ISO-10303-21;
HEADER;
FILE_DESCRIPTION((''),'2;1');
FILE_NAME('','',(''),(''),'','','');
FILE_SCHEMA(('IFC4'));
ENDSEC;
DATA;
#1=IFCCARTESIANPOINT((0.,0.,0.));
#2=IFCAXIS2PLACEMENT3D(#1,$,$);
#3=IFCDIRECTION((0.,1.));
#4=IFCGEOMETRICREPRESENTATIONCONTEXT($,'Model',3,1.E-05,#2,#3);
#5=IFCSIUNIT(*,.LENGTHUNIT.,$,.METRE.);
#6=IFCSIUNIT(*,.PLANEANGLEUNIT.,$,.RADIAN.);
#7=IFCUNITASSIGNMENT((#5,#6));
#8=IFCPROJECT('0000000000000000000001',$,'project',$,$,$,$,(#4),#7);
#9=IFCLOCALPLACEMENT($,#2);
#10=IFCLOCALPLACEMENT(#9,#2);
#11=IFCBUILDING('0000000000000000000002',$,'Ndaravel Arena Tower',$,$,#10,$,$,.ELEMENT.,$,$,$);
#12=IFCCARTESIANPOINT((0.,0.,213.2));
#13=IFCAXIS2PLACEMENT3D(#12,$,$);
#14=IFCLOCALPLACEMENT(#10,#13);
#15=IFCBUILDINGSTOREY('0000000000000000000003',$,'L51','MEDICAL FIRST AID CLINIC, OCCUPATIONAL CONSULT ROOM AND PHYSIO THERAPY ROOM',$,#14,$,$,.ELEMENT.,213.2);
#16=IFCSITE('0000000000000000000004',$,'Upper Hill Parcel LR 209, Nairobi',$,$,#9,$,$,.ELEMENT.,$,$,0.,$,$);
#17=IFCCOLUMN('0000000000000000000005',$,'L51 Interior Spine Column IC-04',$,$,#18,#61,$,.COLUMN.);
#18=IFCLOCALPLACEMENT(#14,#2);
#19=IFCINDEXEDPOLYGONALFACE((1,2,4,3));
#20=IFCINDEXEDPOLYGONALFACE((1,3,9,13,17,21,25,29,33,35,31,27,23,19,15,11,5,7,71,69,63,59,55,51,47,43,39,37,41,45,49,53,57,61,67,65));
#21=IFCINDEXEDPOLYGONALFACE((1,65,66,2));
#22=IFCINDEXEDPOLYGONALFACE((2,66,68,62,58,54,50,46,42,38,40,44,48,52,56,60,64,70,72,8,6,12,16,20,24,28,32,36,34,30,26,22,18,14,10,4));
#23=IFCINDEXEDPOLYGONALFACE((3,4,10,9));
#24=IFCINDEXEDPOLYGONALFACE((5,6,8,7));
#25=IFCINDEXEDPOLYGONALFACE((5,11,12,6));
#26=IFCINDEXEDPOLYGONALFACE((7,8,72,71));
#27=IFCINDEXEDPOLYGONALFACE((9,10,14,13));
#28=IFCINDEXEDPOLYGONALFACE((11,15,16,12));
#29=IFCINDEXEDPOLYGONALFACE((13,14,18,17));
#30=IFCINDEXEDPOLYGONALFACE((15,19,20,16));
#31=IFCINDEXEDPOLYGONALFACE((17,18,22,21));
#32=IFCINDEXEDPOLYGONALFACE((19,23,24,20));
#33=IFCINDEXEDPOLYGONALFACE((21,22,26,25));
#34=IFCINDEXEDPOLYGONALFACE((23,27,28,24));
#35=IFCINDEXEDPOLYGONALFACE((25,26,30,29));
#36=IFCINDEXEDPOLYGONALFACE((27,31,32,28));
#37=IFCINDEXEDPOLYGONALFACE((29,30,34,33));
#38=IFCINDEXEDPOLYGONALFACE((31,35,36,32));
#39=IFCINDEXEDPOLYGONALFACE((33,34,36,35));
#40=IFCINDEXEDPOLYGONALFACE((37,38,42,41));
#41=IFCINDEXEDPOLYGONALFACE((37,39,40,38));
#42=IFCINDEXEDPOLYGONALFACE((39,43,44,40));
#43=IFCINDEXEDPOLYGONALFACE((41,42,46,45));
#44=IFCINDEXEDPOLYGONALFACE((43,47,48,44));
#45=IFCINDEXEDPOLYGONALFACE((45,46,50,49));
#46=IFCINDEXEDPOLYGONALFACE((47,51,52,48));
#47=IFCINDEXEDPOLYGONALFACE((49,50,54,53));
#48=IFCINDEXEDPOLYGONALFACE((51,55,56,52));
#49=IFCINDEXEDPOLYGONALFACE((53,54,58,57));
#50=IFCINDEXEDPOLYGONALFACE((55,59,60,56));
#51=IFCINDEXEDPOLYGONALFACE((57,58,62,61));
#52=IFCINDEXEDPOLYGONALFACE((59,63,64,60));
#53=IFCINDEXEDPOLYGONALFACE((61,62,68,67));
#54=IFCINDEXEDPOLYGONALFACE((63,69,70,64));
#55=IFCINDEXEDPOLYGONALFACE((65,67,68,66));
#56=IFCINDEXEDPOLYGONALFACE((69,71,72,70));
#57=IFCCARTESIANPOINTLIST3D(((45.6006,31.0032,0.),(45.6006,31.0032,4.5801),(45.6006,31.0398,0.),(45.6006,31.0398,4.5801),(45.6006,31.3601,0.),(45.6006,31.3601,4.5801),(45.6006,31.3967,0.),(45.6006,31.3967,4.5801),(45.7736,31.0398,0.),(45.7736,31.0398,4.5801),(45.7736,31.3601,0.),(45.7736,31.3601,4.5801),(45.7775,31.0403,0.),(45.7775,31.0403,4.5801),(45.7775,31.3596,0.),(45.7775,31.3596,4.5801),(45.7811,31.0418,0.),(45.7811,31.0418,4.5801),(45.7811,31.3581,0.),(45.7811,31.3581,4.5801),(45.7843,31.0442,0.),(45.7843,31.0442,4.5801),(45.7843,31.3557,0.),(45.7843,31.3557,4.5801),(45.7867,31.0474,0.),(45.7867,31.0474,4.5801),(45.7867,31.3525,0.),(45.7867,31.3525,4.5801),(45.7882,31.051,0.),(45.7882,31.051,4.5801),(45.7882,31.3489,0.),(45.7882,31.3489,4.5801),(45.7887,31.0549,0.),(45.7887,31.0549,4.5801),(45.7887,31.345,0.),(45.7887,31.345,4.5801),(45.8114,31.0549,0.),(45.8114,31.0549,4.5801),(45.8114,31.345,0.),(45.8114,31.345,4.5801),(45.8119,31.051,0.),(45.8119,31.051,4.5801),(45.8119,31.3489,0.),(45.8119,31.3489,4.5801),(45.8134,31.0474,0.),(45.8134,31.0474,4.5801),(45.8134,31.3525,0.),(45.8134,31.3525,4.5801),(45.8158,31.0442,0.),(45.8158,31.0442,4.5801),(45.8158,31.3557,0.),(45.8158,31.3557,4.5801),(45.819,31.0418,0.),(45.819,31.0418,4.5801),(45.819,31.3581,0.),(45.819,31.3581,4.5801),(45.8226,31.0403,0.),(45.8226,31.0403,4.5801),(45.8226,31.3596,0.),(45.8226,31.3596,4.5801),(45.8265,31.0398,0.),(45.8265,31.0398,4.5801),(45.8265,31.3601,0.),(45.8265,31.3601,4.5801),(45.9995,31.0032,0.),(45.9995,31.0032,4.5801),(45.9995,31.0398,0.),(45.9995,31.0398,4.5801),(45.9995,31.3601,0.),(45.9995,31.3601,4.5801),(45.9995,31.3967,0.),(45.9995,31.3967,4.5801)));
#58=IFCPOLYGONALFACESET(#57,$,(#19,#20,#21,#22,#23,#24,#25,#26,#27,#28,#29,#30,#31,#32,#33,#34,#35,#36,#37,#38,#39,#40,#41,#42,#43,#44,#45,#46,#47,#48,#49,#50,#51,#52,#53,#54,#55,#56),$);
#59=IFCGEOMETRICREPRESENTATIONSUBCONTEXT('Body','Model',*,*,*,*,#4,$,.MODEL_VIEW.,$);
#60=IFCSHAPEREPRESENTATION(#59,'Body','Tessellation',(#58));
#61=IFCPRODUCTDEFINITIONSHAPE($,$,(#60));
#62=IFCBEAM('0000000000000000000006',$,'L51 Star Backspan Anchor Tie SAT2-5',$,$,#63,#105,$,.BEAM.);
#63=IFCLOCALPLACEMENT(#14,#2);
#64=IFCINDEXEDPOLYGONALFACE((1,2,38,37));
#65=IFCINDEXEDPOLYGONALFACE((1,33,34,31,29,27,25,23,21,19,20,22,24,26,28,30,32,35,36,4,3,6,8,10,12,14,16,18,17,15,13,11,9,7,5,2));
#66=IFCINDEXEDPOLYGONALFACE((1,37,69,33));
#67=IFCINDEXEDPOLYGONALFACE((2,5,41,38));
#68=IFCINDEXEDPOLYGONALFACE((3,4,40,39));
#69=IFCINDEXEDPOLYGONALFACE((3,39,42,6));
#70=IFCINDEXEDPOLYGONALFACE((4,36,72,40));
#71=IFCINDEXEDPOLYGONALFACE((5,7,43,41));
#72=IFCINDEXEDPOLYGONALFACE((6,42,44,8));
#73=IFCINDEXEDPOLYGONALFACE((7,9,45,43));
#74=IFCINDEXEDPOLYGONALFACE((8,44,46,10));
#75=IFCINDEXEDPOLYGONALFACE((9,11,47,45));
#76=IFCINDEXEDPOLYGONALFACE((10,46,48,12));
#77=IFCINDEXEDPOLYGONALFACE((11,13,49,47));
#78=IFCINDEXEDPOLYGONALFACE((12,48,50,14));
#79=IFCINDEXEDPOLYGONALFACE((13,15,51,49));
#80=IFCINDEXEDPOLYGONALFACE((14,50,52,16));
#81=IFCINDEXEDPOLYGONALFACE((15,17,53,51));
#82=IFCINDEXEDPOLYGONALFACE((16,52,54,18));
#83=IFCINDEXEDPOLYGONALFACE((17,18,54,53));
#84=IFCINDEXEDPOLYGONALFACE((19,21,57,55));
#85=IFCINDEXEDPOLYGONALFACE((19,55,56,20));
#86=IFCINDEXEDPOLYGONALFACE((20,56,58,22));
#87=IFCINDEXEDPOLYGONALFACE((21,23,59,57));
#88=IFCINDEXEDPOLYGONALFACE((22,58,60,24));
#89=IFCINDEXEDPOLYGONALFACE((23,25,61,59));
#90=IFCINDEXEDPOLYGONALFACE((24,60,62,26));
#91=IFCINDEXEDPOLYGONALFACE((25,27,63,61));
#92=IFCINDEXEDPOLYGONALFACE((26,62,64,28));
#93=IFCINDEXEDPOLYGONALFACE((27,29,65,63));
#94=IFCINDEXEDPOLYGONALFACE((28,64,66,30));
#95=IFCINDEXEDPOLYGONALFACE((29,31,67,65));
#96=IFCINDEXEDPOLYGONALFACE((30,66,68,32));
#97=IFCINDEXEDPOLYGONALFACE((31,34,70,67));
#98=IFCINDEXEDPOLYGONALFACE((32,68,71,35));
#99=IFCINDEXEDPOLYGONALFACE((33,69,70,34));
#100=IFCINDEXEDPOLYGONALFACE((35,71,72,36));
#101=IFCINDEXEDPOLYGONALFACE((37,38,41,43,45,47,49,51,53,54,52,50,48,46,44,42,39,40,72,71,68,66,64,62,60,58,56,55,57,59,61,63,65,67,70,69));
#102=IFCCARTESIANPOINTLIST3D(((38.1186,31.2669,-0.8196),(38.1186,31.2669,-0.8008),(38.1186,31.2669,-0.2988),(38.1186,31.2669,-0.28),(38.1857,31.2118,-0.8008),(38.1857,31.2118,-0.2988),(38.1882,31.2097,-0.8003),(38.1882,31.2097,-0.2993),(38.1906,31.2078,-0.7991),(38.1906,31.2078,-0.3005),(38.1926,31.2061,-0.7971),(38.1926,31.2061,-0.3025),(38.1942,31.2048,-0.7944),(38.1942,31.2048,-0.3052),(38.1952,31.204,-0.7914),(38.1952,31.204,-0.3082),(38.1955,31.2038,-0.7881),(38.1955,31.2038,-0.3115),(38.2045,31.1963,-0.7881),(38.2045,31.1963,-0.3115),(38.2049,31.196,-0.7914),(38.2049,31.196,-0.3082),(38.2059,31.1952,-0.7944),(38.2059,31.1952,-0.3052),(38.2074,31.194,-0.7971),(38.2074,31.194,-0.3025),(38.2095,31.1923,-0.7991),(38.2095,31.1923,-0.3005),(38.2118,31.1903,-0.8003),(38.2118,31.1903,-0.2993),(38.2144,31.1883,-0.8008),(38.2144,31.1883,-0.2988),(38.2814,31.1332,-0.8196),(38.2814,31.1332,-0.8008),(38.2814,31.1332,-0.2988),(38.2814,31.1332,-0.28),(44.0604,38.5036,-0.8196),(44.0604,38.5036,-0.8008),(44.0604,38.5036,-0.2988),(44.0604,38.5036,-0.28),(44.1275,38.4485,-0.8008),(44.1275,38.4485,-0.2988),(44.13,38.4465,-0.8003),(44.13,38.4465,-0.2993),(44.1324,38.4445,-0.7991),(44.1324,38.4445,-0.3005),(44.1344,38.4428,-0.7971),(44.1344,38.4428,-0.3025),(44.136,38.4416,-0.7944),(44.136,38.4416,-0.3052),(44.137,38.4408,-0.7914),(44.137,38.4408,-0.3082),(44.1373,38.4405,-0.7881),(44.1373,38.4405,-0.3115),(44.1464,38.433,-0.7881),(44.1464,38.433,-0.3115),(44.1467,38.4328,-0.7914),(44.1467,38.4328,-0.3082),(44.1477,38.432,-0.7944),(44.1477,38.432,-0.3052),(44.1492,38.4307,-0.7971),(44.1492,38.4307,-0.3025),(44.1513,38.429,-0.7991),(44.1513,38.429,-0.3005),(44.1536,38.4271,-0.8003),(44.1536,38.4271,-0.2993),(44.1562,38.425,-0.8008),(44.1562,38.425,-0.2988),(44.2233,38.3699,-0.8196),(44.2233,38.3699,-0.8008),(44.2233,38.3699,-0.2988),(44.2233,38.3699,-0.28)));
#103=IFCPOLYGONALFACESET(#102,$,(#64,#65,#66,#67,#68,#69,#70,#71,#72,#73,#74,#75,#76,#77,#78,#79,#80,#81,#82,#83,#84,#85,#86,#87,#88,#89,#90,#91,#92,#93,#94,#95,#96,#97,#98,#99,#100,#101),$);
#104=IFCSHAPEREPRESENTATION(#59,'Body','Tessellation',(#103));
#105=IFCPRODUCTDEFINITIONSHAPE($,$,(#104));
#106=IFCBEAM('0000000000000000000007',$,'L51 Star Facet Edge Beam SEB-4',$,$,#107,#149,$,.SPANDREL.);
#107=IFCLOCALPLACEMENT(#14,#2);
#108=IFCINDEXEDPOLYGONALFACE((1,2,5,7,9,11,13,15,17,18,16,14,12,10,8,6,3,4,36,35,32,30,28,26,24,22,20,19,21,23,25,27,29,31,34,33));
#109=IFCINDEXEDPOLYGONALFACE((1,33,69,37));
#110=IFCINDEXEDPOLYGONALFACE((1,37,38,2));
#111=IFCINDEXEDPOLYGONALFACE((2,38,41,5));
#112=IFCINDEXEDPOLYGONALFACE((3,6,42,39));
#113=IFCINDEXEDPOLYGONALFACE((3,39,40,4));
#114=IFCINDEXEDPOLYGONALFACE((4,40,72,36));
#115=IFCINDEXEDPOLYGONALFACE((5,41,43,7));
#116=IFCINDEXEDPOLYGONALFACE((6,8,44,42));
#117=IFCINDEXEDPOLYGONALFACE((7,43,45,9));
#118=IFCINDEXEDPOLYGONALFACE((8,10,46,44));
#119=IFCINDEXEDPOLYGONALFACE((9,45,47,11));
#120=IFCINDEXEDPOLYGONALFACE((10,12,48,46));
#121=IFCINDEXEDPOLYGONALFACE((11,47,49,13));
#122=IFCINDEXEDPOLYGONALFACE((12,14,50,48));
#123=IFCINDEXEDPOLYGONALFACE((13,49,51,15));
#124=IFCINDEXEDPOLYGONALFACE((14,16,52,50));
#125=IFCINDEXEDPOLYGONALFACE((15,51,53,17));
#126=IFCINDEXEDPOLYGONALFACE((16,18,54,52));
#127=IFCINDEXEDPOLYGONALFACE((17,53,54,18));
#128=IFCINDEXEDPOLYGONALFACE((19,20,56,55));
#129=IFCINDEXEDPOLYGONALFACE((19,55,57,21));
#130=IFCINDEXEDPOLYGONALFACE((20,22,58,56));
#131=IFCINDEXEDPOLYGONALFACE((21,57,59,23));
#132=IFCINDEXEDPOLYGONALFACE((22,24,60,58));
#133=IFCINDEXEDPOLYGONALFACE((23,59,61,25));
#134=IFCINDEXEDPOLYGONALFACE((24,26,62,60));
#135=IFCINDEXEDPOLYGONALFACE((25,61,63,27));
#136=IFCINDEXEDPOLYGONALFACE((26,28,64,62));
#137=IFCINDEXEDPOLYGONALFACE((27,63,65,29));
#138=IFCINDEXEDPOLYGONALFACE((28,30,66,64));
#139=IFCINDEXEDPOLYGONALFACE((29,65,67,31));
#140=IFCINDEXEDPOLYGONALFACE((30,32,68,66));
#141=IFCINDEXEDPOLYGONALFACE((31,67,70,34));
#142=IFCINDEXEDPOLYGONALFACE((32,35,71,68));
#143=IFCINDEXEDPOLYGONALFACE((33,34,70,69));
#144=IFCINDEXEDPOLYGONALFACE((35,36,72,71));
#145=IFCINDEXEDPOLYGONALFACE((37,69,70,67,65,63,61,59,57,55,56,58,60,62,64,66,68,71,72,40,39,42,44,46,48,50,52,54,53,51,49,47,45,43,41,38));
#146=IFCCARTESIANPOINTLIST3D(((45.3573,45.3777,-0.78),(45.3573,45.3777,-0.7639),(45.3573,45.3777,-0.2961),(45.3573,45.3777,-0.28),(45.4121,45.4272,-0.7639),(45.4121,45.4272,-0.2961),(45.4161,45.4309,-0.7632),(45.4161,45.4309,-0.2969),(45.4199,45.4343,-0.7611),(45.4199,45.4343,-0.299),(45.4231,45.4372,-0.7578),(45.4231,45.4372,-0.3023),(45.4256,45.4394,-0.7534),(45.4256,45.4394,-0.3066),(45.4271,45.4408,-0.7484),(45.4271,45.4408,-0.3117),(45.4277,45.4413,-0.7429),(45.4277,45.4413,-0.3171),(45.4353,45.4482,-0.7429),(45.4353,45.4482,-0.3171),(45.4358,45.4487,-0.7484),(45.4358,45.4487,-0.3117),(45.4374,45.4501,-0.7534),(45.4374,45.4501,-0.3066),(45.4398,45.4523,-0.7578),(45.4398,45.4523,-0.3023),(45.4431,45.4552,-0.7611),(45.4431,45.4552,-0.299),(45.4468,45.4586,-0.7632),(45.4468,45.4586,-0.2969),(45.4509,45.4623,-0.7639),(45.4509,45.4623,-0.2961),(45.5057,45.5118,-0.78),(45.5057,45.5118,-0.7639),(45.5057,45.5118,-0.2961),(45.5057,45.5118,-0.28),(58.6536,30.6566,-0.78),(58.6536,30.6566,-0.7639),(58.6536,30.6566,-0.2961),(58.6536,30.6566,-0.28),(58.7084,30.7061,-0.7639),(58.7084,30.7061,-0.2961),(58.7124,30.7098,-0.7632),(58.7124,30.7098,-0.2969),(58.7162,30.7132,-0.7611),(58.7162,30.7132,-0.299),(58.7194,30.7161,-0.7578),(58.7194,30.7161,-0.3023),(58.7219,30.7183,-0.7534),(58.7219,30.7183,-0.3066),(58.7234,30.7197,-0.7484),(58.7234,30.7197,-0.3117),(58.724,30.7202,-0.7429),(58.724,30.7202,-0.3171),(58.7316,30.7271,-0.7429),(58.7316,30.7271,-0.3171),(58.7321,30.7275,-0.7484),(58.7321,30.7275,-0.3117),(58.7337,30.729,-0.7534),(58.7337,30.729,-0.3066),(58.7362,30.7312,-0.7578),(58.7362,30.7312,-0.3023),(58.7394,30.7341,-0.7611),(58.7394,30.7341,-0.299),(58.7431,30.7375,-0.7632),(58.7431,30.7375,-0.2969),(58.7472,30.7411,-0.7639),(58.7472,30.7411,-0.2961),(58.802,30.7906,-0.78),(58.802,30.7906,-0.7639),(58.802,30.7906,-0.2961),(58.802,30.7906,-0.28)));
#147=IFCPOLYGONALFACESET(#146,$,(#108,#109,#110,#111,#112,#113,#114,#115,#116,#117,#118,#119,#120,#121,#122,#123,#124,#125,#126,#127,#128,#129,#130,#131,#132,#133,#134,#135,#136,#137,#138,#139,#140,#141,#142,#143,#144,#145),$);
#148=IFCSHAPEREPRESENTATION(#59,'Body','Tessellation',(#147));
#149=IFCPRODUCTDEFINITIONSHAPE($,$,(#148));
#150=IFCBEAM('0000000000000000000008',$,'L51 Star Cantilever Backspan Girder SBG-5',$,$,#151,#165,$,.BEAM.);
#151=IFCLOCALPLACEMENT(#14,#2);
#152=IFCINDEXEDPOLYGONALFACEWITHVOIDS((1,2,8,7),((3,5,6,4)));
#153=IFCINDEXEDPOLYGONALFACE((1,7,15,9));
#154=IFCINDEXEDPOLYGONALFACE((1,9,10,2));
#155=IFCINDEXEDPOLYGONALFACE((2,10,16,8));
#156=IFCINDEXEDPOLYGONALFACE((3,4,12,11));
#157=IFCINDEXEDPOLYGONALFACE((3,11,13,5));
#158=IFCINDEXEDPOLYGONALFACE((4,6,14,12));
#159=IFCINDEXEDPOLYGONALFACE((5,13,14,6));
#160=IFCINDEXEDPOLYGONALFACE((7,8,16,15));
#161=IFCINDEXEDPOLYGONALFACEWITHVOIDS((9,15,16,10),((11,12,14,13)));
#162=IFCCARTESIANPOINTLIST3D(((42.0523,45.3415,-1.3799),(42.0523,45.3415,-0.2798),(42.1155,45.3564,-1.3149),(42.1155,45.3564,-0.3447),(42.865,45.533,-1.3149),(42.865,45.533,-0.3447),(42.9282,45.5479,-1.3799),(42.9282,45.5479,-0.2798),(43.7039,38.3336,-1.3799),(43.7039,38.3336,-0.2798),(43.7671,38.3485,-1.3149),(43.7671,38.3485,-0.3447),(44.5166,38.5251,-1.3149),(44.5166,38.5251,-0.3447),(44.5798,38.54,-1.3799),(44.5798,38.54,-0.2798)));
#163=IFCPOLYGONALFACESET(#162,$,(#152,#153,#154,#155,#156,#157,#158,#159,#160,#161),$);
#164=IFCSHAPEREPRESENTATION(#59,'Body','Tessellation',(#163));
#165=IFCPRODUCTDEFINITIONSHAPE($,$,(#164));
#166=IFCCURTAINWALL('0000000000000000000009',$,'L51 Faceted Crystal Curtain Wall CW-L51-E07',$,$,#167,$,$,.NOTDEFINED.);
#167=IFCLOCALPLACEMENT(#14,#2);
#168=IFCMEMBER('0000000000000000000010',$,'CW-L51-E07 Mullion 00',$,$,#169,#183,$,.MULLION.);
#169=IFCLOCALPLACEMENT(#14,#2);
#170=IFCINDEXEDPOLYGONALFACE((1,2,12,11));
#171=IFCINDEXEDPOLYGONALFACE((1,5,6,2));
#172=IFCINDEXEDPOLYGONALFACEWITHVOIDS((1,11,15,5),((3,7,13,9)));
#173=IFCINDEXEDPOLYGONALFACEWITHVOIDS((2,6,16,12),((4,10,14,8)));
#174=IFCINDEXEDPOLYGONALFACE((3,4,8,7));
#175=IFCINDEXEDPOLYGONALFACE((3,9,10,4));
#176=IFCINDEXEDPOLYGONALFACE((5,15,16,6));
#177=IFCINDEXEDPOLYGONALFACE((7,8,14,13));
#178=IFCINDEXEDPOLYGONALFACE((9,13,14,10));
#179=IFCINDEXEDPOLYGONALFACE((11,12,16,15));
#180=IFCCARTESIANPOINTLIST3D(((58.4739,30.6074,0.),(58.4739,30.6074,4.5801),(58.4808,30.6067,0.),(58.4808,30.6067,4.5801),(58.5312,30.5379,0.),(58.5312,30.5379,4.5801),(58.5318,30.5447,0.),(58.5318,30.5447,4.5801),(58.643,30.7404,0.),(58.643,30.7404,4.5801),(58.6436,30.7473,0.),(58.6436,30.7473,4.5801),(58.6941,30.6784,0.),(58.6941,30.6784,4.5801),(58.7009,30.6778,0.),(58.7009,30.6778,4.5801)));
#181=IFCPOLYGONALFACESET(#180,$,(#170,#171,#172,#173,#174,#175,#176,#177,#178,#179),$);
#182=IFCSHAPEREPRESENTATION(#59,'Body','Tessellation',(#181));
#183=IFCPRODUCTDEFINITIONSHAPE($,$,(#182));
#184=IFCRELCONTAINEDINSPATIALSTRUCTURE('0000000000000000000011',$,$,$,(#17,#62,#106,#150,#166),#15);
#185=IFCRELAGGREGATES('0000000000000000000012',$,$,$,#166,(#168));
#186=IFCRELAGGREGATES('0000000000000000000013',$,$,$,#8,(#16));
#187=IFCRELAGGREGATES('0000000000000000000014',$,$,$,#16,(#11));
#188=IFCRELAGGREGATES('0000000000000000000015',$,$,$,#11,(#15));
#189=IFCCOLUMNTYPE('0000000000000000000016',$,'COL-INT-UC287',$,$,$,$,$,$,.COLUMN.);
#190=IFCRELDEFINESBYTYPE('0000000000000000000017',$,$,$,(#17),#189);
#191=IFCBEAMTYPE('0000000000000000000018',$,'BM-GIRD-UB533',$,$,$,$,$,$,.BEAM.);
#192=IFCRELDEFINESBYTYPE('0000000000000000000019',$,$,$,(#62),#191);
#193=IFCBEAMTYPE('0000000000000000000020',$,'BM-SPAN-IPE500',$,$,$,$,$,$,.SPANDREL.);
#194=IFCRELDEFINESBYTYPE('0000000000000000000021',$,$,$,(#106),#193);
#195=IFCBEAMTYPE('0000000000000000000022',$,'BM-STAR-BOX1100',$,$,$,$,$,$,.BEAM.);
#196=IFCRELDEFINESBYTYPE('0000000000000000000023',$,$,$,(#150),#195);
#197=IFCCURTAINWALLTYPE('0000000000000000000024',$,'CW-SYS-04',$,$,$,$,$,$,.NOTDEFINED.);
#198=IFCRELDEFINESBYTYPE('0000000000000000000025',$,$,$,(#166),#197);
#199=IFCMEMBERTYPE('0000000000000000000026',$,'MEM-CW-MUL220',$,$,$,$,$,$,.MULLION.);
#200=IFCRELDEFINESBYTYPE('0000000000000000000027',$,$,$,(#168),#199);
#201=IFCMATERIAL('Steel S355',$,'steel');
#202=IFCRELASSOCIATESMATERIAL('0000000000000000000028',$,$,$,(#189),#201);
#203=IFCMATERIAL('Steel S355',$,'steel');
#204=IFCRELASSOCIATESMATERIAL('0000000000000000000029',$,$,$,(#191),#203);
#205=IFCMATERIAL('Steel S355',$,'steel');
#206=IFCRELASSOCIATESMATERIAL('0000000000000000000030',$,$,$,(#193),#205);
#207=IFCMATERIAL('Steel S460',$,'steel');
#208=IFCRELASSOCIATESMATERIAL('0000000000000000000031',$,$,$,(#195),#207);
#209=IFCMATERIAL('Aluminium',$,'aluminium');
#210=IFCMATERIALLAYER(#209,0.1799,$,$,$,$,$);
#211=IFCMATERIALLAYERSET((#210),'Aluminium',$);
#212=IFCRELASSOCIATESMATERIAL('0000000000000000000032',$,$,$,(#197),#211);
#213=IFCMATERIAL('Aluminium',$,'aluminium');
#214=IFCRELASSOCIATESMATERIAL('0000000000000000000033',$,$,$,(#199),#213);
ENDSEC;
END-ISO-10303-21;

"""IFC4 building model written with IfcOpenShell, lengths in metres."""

from ifc_helpers import new_model, si_unit, direction, frame, origin, origin_2d, place, context, subcontext, project, spatial, hollow_rectangle, i_section, extrude, material, layer, layer_set, material_profile, profile_set, type_object, element, aggregate, save


model = new_model("IFC4")

# Units and contexts
model_context = context("Model", 3, precision=1e-05, world=origin(), true_north=direction((0.0, 1.0)))
body_context = subcontext(model_context, "Body", "Model", "MODEL_VIEW")
ifc_project = project(units=[si_unit("LENGTHUNIT", "METRE"), si_unit("PLANEANGLEUNIT", "RADIAN")], contexts=[model_context])

# Site, building, storey
site_placement = place(None, origin())
site = spatial("IfcSite", under=ifc_project, at=site_placement, Name="Upper Hill Parcel LR 209, Nairobi", CompositionType="ELEMENT", RefElevation=0.0)
building_placement = place(site_placement, origin())
building = spatial("IfcBuilding", under=site, at=building_placement, Name="Ndaravel Arena Tower", CompositionType="ELEMENT")
storey_placement = place(building_placement, frame((0.0, 0.0, 213.2)))
storey = spatial("IfcBuildingStorey", under=building, at=storey_placement, Name="L51", Description="MEDICAL FIRST AID CLINIC, OCCUPATIONAL CONSULT ROOM AND PHYSIO THERAPY ROOM", CompositionType="ELEMENT", Elevation=213.2)

# Column
ifc_material_1 = material(Name="Steel S355", Category="steel")
ifc_material_profile_1 = material_profile(ifc_material_1, i_section(OverallWidth=0.3989, OverallDepth=0.3936, WebThickness=0.0227, FlangeThickness=0.0366, FilletRadius=0.0151, at=origin_2d()), Name="UC 356x406x287")
ifc_profile_set_1 = profile_set([ifc_material_profile_1], Name="Steel S355")
column_type = type_object("IfcColumnType", Name="COL-INT-UC287", PredefinedType="COLUMN", material=ifc_profile_set_1)
column_placement = place(storey_placement, frame((45.8, 31.2, 0.0), z_axis=(0.0, 0.0, 1.0), x_axis=(1.0, 0.0, 0.0)))
element("IfcColumn", 1, at=column_placement, inside=storey, type_object=column_type, Name="L51 Interior Spine Column IC-04", PredefinedType="COLUMN", context=body_context, shape_type="SweptSolid", body=[
    extrude(i_section(OverallWidth=0.3989, OverallDepth=0.3936, WebThickness=0.0227, FlangeThickness=0.0366, FilletRadius=0.0151, at=origin_2d()), origin(), (0.0, 0.0, 1.0), 4.5801),
])

# Beams
ifc_material_2 = material(Name="Steel S355", Category="steel")
ifc_material_profile_2 = material_profile(ifc_material_2, i_section(OverallWidth=0.2107, OverallDepth=0.5396, WebThickness=0.0117, FlangeThickness=0.0188, FilletRadius=0.0127, at=origin_2d()), Name="UB 533x210x109")
ifc_profile_set_2 = profile_set([ifc_material_profile_2], Name="Steel S355")
beam_type_1 = type_object("IfcBeamType", Name="BM-GIRD-UB533", PredefinedType="BEAM", material=ifc_profile_set_2)
beam_1_placement = place(storey_placement, frame((44.1418, 38.4368, -0.5498), z_axis=(-0.634571, -0.772864, 0.0), x_axis=(0.772864, -0.634571, 0.0)))
element("IfcBeam", 2, at=beam_1_placement, inside=storey, type_object=beam_type_1, Name="L51 Star Backspan Anchor Tie SAT2-5", PredefinedType="BEAM", context=body_context, shape_type="SweptSolid", body=[
    extrude(i_section(OverallWidth=0.2107, OverallDepth=0.5396, WebThickness=0.0117, FlangeThickness=0.0188, FilletRadius=0.0127, at=origin_2d()), origin(), (0.0, 0.0, 1.0), 9.3635),
])
ifc_material_3 = material(Name="Steel S355", Category="steel")
ifc_material_profile_3 = material_profile(ifc_material_3, i_section(OverallWidth=0.2, OverallDepth=0.5, WebThickness=0.0103, FlangeThickness=0.0161, FilletRadius=0.021, at=origin_2d()), Name="IPE 500")
ifc_profile_set_3 = profile_set([ifc_material_profile_3], Name="Steel S355")
beam_type_2 = type_object("IfcBeamType", Name="BM-SPAN-IPE500", PredefinedType="SPANDREL", material=ifc_profile_set_3)
beam_2_placement = place(storey_placement, frame((58.7278, 30.7236, -0.53), z_axis=(-0.670281, 0.742107, 0.0), x_axis=(-0.742107, -0.670281, 0.0)))
element("IfcBeam", 3, at=beam_2_placement, inside=storey, type_object=beam_type_2, Name="L51 Star Facet Edge Beam SEB-4", PredefinedType="SPANDREL", context=body_context, shape_type="SweptSolid", body=[
    extrude(i_section(OverallWidth=0.2, OverallDepth=0.5, WebThickness=0.0103, FlangeThickness=0.0161, FilletRadius=0.021, at=origin_2d()), origin(), (0.0, 0.0, 1.0), 19.8369),
])
ifc_material_4 = material(Name="Steel S460", Category="steel")
ifc_material_profile_4 = material_profile(ifc_material_4, hollow_rectangle(XDim=0.8999, YDim=1.1001, WallThickness=0.0649, at=origin_2d()), Name="BOX 1100x900x65")
ifc_profile_set_4 = profile_set([ifc_material_profile_4], Name="Steel S460")
beam_type_3 = type_object("IfcBeamType", Name="BM-STAR-BOX1100", PredefinedType="BEAM", material=ifc_profile_set_4)
beam_3_placement = place(storey_placement, frame((44.1418, 38.4368, -0.8298), z_axis=(-0.229389, 0.973335, 0.0), x_axis=(-0.973335, -0.229389, 0.0)))
element("IfcBeam", 4, at=beam_3_placement, inside=storey, type_object=beam_type_3, Name="L51 Star Cantilever Backspan Girder SBG-5", PredefinedType="BEAM", context=body_context, shape_type="SweptSolid", body=[
    extrude(hollow_rectangle(XDim=0.8999, YDim=1.1001, WallThickness=0.0649, at=origin_2d()), origin(), (0.0, 0.0, 1.0), 7.2),
])

# Curtain wall, member
ifc_material_5 = material(Name="Aluminium", Category="aluminium")
ifc_layer_1 = layer(ifc_material_5, 0.1799)
ifc_layer_set_1 = layer_set([ifc_layer_1], Name="Aluminium")
curtain_wall_type = type_object("IfcCurtainWallType", Name="CW-SYS-04", PredefinedType="NOTDEFINED", material=ifc_layer_set_1)
curtain_wall_1_placement = place(storey_placement, origin())
curtain_wall_1 = element("IfcCurtainWall", 5, at=curtain_wall_1_placement, inside=storey, type_object=curtain_wall_type, Name="L51 Faceted Crystal Curtain Wall CW-L51-E07", PredefinedType="NOTDEFINED")
ifc_material_6 = material(Name="Aluminium", Category="aluminium")
ifc_material_profile_5 = material_profile(ifc_material_6, hollow_rectangle(XDim=0.0901, YDim=0.22, WallThickness=0.0049, at=origin_2d()), Name="CW MULLION 90x220x5")
ifc_profile_set_5 = profile_set([ifc_material_profile_5], Name="Aluminium")
member_type_1 = type_object("IfcMemberType", Name="MEM-CW-MUL220", PredefinedType="MULLION", material=ifc_profile_set_5)
member_1_placement = place(storey_placement, frame((58.5874, 30.6426, 0.0), z_axis=(0.0, 0.0, 1.0), x_axis=(-0.636024, 0.771669, 0.0)))
member_1 = element("IfcMember", 6, at=member_1_placement, type_object=member_type_1, Name="CW-L51-E07 Mullion 00", PredefinedType="MULLION", context=body_context, shape_type="SweptSolid", body=[
    extrude(hollow_rectangle(XDim=0.0901, YDim=0.22, WallThickness=0.0049, at=origin_2d()), origin(), (0.0, 0.0, 1.0), 4.5801),
])

aggregate(curtain_wall_1, [member_1])

save(model, "model.ifc")
